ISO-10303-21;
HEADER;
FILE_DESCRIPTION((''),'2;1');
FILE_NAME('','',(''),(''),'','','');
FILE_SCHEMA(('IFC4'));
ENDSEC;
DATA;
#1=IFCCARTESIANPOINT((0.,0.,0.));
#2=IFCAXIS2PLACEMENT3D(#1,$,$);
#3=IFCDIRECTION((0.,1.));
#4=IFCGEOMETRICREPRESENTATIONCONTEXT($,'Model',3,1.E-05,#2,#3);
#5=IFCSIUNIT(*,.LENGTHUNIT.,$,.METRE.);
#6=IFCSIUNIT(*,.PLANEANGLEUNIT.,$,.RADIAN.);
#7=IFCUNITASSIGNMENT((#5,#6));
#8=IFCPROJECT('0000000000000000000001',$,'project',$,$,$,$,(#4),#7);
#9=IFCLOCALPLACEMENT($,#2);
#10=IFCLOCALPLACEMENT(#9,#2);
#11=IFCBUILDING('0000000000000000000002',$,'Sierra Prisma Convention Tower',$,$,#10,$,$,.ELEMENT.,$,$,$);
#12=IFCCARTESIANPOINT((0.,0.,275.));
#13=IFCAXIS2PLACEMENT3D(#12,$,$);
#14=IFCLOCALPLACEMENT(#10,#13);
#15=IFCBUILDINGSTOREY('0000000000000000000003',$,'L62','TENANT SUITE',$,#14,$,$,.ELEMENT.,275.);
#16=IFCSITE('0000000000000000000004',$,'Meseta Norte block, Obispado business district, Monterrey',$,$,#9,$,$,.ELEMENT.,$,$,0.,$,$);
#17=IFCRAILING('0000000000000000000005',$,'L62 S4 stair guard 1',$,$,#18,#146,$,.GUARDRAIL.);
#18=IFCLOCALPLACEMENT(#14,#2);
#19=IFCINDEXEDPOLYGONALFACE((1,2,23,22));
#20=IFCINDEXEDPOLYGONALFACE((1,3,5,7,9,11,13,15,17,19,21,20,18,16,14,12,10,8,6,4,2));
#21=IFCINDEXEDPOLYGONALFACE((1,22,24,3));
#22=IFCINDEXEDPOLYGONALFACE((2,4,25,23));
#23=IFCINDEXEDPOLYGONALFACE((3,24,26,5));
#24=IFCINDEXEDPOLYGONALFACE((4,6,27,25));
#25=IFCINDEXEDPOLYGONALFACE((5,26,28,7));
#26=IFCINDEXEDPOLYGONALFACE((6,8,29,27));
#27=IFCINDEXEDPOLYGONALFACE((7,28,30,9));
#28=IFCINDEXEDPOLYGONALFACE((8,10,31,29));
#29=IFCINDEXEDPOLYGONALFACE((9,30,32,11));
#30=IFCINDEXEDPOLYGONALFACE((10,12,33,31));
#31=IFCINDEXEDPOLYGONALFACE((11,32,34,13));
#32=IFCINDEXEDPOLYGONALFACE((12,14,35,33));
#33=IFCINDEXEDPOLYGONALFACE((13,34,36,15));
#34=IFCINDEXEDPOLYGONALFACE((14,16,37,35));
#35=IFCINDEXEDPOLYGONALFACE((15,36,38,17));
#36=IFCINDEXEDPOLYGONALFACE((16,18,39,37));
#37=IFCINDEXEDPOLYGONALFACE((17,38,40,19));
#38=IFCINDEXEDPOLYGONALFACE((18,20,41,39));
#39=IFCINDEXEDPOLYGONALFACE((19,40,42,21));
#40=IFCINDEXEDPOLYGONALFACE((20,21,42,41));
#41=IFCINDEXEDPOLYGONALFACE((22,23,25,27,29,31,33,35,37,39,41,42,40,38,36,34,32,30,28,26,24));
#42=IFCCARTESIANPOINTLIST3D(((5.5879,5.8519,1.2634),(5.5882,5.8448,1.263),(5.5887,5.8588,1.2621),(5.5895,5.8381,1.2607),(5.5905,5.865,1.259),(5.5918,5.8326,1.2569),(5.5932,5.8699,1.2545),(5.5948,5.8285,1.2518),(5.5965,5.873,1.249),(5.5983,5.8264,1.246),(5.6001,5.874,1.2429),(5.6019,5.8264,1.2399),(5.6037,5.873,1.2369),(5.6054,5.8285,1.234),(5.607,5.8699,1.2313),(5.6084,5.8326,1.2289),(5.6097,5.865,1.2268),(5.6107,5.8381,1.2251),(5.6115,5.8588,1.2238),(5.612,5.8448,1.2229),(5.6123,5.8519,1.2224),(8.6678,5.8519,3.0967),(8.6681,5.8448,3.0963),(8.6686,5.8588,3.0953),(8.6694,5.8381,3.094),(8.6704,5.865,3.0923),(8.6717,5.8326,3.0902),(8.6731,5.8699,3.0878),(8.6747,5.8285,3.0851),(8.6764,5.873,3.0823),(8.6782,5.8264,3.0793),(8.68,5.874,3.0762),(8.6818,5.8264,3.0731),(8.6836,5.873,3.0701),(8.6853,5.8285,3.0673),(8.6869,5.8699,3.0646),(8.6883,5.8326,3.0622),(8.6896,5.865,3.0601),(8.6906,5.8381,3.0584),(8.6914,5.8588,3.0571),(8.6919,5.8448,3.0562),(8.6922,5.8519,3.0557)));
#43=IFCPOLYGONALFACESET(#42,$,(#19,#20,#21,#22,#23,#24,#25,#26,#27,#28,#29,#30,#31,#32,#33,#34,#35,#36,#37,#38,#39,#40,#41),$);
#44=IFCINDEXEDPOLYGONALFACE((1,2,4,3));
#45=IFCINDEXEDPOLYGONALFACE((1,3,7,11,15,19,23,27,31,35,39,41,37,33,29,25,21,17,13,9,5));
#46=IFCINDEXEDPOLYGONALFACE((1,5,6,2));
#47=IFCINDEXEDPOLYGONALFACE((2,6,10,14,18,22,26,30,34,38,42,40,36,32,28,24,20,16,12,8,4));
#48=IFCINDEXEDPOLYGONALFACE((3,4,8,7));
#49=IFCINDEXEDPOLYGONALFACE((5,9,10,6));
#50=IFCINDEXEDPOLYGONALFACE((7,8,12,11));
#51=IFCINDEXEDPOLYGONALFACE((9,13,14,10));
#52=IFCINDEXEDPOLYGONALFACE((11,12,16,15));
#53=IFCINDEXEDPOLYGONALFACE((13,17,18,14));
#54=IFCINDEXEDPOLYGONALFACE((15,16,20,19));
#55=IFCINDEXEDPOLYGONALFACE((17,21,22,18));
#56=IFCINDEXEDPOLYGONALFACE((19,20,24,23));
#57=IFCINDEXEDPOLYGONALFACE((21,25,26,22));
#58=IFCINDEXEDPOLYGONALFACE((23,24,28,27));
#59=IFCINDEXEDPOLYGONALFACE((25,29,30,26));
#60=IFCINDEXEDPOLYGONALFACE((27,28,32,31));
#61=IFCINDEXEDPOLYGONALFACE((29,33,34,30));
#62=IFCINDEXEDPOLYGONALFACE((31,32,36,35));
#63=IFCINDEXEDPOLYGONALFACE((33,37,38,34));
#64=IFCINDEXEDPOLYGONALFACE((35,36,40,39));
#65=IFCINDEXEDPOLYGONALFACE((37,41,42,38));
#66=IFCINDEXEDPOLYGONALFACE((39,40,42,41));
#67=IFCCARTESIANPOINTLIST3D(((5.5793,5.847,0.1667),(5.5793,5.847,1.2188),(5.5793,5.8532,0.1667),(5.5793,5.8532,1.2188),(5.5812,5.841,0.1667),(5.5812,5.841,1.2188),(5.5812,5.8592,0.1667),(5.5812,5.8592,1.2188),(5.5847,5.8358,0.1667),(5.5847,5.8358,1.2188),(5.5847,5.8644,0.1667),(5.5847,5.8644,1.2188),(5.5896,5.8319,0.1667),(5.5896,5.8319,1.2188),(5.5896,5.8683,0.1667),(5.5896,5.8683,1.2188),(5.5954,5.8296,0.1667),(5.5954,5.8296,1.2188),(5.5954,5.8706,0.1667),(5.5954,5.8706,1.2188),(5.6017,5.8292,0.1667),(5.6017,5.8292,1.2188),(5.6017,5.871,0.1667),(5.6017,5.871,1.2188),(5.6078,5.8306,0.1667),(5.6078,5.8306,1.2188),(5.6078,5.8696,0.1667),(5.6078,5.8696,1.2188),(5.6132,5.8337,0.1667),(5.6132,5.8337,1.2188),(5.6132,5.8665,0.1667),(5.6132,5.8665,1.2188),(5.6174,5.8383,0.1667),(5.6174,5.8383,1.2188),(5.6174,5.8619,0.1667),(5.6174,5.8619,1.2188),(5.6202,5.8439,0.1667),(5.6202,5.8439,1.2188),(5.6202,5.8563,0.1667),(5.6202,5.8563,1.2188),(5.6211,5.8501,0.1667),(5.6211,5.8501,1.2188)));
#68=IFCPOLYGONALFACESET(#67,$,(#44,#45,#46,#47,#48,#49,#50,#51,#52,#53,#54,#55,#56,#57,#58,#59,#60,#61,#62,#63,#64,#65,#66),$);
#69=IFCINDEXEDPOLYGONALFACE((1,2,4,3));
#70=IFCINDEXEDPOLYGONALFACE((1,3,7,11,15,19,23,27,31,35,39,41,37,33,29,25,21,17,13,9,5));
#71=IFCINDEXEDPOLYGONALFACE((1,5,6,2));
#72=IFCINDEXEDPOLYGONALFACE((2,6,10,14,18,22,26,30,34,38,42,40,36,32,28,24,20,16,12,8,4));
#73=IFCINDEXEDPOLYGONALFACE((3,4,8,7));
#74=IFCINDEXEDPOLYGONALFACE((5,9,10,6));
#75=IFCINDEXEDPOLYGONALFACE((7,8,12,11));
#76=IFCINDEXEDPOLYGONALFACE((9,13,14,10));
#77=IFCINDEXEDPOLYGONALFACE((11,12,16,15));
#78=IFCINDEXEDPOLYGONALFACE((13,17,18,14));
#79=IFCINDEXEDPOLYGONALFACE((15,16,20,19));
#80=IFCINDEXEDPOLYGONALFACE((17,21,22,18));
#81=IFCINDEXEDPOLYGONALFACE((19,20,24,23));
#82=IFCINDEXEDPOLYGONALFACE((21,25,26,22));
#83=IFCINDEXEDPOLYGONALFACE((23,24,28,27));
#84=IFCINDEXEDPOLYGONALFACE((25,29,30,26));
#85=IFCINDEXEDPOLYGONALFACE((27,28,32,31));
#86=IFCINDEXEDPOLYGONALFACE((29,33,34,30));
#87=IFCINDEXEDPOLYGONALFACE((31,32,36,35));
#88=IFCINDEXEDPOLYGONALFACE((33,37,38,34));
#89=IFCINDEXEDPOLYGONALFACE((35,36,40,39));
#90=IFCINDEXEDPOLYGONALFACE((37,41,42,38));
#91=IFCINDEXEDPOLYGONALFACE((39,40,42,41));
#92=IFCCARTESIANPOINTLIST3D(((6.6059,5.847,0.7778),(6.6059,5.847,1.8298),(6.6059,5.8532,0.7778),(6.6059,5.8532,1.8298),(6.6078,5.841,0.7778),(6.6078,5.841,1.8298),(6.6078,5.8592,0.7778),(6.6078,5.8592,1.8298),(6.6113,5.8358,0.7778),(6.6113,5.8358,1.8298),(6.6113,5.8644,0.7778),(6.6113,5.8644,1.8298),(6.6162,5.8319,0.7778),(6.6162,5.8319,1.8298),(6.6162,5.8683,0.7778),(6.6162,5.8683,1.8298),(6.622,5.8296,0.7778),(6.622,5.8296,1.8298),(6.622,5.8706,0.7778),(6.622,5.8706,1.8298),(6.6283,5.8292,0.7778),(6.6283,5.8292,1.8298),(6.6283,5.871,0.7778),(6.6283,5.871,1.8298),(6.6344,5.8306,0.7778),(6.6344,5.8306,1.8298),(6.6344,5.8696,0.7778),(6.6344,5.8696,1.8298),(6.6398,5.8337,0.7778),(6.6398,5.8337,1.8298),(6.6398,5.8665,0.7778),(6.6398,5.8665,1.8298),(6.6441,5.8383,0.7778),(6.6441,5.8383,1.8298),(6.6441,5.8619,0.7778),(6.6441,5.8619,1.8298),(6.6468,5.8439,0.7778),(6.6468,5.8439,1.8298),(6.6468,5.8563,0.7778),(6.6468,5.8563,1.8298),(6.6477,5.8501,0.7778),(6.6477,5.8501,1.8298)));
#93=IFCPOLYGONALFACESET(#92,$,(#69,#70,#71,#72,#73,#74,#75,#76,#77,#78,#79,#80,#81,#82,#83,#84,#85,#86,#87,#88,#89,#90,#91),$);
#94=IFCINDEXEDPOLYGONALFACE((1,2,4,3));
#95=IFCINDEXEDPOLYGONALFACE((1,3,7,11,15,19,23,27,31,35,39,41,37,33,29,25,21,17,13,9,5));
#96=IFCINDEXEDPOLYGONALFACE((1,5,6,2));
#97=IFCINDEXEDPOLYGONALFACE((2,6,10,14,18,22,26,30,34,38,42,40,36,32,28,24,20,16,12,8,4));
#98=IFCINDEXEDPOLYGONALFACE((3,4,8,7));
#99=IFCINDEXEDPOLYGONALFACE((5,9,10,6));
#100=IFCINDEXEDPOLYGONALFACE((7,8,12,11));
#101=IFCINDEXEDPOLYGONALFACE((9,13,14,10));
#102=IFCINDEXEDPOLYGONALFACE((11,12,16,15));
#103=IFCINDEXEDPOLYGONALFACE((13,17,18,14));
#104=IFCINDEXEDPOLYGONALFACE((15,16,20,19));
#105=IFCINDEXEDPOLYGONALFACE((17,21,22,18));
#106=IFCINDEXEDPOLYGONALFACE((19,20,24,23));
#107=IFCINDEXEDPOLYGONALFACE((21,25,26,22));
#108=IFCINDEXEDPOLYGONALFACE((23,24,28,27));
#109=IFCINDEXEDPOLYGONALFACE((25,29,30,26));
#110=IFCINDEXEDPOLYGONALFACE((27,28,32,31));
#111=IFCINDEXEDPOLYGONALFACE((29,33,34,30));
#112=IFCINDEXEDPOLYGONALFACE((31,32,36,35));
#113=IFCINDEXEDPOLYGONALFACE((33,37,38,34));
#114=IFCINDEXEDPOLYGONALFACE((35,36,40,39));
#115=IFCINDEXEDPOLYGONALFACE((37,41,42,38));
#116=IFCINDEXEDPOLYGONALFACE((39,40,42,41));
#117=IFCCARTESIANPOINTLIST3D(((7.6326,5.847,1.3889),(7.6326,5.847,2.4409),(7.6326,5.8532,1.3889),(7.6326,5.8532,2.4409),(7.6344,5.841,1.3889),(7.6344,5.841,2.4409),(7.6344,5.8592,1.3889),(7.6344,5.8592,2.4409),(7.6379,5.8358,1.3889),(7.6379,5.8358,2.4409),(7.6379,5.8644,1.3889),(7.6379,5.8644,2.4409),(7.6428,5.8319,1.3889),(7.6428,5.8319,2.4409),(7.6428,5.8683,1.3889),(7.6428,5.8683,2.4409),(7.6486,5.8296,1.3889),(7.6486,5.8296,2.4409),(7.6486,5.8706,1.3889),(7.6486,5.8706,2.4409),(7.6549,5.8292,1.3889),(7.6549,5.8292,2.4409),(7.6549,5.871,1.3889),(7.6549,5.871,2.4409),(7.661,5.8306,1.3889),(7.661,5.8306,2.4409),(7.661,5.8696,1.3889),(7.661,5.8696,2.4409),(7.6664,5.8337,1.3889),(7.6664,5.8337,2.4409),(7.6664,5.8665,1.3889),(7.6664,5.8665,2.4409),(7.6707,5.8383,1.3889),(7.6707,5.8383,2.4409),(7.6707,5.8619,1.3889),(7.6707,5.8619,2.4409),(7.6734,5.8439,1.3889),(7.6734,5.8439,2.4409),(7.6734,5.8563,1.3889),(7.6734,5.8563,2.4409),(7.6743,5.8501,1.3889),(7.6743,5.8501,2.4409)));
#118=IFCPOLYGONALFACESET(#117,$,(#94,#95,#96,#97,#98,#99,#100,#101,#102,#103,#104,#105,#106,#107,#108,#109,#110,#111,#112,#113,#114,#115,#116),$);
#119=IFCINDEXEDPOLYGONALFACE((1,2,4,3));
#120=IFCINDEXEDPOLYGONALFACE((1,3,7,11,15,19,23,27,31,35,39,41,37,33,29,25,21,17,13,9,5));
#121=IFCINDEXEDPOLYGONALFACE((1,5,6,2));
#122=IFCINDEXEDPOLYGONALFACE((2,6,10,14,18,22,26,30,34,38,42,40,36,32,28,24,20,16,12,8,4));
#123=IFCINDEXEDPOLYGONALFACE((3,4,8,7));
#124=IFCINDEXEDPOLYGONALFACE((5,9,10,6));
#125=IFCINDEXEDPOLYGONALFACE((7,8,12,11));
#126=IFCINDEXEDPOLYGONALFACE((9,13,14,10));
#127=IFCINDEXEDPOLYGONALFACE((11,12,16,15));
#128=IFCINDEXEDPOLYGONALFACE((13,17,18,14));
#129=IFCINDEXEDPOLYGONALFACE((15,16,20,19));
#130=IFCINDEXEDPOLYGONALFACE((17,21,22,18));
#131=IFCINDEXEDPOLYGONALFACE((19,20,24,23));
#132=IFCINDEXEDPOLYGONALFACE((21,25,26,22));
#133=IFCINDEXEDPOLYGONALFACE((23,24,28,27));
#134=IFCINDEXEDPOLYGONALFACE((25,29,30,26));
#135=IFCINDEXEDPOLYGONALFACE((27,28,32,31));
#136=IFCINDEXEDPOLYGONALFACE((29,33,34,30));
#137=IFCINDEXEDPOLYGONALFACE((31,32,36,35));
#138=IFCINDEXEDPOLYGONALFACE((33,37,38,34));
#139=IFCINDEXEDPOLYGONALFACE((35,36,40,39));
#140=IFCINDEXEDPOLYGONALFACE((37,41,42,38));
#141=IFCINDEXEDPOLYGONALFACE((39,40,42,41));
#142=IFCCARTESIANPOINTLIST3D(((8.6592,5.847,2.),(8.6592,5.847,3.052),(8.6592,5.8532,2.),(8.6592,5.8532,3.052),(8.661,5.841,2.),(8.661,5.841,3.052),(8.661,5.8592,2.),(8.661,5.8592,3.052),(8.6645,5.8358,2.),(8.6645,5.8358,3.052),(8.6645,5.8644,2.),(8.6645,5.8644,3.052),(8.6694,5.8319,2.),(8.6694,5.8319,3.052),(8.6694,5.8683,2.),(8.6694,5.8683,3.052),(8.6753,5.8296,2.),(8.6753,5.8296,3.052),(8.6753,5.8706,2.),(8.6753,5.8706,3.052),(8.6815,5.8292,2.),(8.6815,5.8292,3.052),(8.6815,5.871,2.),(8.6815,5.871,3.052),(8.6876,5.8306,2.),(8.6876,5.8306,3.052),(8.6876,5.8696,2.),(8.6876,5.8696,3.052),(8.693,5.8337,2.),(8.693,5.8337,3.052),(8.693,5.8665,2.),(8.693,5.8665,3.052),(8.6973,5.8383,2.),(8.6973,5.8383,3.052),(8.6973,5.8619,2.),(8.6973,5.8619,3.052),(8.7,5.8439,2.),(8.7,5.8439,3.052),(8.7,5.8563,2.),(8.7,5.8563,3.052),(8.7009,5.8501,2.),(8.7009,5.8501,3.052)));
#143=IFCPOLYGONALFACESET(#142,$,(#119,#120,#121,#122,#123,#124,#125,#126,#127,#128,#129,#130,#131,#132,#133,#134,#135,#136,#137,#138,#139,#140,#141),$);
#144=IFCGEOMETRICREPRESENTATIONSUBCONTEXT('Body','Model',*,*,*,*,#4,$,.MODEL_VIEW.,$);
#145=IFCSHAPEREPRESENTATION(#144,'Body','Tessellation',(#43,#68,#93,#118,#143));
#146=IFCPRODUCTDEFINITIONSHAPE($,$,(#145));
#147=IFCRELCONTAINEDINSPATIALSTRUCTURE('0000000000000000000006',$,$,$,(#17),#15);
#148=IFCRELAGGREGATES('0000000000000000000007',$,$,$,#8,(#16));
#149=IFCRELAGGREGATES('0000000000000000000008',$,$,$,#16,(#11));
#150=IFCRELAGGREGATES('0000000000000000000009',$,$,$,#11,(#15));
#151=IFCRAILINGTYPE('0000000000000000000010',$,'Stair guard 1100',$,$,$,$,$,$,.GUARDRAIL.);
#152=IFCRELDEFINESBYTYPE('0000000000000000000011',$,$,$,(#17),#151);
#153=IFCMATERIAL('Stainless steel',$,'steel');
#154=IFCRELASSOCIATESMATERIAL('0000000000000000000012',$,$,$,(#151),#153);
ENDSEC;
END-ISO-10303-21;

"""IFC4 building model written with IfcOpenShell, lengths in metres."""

from ifc_helpers import new_model, si_unit, direction, frame, origin, origin_2d, place, context, subcontext, project, spatial, circle, extrude, material, type_object, element, save


model = new_model("IFC4")

# Units and contexts
model_context = context("Model", 3, precision=1e-05, world=origin(), true_north=direction((0.0, 1.0)))
body_context = subcontext(model_context, "Body", "Model", "MODEL_VIEW")
ifc_project = project(units=[si_unit("LENGTHUNIT", "METRE"), si_unit("PLANEANGLEUNIT", "RADIAN")], contexts=[model_context])

# Site, building, storey
site_placement = place(None, origin())
site = spatial("IfcSite", under=ifc_project, at=site_placement, Name="Meseta Norte block, Obispado business district, Monterrey", CompositionType="ELEMENT", RefElevation=0.0)
building_placement = place(site_placement, origin())
building = spatial("IfcBuilding", under=site, at=building_placement, Name="Sierra Prisma Convention Tower", CompositionType="ELEMENT")
storey_placement = place(building_placement, frame((0.0, 0.0, 275.0)))
storey = spatial("IfcBuildingStorey", under=building, at=storey_placement, Name="L62", Description="TENANT SUITE", CompositionType="ELEMENT", Elevation=275.0)

# Railing
ifc_material_1 = material(Name="Stainless steel", Category="steel")
railing_type_1 = type_object("IfcRailingType", Name="Stair guard 1100", PredefinedType="GUARDRAIL", material=ifc_material_1)
railing_1_placement = place(storey_placement, frame((5.6001, 5.8501, 0.1667)))
element("IfcRailing", 1, at=railing_1_placement, inside=storey, type_object=railing_type_1, Name="L62 S4 stair guard 1", PredefinedType="GUARDRAIL", context=body_context, shape_type="SweptSolid", body=[
    extrude(circle(Radius=0.0239, at=origin_2d()), frame((0.0, 0.0, 1.0762), z_axis=(0.859291, 0.0, 0.511487), x_axis=(0.0, 1.0, 0.0)), (0.0, 0.0, 1.0), 3.5842),
    extrude(circle(Radius=0.021, at=origin_2d()), origin(), (0.0, 0.0, 1.0), 1.052),
    extrude(circle(Radius=0.021, at=origin_2d()), frame((1.0266, 0.0, 0.6111)), (0.0, 0.0, 1.0), 1.052),
    extrude(circle(Radius=0.021, at=origin_2d()), frame((2.0532, 0.0, 1.2222)), (0.0, 0.0, 1.0), 1.052),
    extrude(circle(Radius=0.021, at=origin_2d()), frame((3.0798, 0.0, 1.8333)), (0.0, 0.0, 1.0), 1.052),
])

save(model, "model.ifc")
